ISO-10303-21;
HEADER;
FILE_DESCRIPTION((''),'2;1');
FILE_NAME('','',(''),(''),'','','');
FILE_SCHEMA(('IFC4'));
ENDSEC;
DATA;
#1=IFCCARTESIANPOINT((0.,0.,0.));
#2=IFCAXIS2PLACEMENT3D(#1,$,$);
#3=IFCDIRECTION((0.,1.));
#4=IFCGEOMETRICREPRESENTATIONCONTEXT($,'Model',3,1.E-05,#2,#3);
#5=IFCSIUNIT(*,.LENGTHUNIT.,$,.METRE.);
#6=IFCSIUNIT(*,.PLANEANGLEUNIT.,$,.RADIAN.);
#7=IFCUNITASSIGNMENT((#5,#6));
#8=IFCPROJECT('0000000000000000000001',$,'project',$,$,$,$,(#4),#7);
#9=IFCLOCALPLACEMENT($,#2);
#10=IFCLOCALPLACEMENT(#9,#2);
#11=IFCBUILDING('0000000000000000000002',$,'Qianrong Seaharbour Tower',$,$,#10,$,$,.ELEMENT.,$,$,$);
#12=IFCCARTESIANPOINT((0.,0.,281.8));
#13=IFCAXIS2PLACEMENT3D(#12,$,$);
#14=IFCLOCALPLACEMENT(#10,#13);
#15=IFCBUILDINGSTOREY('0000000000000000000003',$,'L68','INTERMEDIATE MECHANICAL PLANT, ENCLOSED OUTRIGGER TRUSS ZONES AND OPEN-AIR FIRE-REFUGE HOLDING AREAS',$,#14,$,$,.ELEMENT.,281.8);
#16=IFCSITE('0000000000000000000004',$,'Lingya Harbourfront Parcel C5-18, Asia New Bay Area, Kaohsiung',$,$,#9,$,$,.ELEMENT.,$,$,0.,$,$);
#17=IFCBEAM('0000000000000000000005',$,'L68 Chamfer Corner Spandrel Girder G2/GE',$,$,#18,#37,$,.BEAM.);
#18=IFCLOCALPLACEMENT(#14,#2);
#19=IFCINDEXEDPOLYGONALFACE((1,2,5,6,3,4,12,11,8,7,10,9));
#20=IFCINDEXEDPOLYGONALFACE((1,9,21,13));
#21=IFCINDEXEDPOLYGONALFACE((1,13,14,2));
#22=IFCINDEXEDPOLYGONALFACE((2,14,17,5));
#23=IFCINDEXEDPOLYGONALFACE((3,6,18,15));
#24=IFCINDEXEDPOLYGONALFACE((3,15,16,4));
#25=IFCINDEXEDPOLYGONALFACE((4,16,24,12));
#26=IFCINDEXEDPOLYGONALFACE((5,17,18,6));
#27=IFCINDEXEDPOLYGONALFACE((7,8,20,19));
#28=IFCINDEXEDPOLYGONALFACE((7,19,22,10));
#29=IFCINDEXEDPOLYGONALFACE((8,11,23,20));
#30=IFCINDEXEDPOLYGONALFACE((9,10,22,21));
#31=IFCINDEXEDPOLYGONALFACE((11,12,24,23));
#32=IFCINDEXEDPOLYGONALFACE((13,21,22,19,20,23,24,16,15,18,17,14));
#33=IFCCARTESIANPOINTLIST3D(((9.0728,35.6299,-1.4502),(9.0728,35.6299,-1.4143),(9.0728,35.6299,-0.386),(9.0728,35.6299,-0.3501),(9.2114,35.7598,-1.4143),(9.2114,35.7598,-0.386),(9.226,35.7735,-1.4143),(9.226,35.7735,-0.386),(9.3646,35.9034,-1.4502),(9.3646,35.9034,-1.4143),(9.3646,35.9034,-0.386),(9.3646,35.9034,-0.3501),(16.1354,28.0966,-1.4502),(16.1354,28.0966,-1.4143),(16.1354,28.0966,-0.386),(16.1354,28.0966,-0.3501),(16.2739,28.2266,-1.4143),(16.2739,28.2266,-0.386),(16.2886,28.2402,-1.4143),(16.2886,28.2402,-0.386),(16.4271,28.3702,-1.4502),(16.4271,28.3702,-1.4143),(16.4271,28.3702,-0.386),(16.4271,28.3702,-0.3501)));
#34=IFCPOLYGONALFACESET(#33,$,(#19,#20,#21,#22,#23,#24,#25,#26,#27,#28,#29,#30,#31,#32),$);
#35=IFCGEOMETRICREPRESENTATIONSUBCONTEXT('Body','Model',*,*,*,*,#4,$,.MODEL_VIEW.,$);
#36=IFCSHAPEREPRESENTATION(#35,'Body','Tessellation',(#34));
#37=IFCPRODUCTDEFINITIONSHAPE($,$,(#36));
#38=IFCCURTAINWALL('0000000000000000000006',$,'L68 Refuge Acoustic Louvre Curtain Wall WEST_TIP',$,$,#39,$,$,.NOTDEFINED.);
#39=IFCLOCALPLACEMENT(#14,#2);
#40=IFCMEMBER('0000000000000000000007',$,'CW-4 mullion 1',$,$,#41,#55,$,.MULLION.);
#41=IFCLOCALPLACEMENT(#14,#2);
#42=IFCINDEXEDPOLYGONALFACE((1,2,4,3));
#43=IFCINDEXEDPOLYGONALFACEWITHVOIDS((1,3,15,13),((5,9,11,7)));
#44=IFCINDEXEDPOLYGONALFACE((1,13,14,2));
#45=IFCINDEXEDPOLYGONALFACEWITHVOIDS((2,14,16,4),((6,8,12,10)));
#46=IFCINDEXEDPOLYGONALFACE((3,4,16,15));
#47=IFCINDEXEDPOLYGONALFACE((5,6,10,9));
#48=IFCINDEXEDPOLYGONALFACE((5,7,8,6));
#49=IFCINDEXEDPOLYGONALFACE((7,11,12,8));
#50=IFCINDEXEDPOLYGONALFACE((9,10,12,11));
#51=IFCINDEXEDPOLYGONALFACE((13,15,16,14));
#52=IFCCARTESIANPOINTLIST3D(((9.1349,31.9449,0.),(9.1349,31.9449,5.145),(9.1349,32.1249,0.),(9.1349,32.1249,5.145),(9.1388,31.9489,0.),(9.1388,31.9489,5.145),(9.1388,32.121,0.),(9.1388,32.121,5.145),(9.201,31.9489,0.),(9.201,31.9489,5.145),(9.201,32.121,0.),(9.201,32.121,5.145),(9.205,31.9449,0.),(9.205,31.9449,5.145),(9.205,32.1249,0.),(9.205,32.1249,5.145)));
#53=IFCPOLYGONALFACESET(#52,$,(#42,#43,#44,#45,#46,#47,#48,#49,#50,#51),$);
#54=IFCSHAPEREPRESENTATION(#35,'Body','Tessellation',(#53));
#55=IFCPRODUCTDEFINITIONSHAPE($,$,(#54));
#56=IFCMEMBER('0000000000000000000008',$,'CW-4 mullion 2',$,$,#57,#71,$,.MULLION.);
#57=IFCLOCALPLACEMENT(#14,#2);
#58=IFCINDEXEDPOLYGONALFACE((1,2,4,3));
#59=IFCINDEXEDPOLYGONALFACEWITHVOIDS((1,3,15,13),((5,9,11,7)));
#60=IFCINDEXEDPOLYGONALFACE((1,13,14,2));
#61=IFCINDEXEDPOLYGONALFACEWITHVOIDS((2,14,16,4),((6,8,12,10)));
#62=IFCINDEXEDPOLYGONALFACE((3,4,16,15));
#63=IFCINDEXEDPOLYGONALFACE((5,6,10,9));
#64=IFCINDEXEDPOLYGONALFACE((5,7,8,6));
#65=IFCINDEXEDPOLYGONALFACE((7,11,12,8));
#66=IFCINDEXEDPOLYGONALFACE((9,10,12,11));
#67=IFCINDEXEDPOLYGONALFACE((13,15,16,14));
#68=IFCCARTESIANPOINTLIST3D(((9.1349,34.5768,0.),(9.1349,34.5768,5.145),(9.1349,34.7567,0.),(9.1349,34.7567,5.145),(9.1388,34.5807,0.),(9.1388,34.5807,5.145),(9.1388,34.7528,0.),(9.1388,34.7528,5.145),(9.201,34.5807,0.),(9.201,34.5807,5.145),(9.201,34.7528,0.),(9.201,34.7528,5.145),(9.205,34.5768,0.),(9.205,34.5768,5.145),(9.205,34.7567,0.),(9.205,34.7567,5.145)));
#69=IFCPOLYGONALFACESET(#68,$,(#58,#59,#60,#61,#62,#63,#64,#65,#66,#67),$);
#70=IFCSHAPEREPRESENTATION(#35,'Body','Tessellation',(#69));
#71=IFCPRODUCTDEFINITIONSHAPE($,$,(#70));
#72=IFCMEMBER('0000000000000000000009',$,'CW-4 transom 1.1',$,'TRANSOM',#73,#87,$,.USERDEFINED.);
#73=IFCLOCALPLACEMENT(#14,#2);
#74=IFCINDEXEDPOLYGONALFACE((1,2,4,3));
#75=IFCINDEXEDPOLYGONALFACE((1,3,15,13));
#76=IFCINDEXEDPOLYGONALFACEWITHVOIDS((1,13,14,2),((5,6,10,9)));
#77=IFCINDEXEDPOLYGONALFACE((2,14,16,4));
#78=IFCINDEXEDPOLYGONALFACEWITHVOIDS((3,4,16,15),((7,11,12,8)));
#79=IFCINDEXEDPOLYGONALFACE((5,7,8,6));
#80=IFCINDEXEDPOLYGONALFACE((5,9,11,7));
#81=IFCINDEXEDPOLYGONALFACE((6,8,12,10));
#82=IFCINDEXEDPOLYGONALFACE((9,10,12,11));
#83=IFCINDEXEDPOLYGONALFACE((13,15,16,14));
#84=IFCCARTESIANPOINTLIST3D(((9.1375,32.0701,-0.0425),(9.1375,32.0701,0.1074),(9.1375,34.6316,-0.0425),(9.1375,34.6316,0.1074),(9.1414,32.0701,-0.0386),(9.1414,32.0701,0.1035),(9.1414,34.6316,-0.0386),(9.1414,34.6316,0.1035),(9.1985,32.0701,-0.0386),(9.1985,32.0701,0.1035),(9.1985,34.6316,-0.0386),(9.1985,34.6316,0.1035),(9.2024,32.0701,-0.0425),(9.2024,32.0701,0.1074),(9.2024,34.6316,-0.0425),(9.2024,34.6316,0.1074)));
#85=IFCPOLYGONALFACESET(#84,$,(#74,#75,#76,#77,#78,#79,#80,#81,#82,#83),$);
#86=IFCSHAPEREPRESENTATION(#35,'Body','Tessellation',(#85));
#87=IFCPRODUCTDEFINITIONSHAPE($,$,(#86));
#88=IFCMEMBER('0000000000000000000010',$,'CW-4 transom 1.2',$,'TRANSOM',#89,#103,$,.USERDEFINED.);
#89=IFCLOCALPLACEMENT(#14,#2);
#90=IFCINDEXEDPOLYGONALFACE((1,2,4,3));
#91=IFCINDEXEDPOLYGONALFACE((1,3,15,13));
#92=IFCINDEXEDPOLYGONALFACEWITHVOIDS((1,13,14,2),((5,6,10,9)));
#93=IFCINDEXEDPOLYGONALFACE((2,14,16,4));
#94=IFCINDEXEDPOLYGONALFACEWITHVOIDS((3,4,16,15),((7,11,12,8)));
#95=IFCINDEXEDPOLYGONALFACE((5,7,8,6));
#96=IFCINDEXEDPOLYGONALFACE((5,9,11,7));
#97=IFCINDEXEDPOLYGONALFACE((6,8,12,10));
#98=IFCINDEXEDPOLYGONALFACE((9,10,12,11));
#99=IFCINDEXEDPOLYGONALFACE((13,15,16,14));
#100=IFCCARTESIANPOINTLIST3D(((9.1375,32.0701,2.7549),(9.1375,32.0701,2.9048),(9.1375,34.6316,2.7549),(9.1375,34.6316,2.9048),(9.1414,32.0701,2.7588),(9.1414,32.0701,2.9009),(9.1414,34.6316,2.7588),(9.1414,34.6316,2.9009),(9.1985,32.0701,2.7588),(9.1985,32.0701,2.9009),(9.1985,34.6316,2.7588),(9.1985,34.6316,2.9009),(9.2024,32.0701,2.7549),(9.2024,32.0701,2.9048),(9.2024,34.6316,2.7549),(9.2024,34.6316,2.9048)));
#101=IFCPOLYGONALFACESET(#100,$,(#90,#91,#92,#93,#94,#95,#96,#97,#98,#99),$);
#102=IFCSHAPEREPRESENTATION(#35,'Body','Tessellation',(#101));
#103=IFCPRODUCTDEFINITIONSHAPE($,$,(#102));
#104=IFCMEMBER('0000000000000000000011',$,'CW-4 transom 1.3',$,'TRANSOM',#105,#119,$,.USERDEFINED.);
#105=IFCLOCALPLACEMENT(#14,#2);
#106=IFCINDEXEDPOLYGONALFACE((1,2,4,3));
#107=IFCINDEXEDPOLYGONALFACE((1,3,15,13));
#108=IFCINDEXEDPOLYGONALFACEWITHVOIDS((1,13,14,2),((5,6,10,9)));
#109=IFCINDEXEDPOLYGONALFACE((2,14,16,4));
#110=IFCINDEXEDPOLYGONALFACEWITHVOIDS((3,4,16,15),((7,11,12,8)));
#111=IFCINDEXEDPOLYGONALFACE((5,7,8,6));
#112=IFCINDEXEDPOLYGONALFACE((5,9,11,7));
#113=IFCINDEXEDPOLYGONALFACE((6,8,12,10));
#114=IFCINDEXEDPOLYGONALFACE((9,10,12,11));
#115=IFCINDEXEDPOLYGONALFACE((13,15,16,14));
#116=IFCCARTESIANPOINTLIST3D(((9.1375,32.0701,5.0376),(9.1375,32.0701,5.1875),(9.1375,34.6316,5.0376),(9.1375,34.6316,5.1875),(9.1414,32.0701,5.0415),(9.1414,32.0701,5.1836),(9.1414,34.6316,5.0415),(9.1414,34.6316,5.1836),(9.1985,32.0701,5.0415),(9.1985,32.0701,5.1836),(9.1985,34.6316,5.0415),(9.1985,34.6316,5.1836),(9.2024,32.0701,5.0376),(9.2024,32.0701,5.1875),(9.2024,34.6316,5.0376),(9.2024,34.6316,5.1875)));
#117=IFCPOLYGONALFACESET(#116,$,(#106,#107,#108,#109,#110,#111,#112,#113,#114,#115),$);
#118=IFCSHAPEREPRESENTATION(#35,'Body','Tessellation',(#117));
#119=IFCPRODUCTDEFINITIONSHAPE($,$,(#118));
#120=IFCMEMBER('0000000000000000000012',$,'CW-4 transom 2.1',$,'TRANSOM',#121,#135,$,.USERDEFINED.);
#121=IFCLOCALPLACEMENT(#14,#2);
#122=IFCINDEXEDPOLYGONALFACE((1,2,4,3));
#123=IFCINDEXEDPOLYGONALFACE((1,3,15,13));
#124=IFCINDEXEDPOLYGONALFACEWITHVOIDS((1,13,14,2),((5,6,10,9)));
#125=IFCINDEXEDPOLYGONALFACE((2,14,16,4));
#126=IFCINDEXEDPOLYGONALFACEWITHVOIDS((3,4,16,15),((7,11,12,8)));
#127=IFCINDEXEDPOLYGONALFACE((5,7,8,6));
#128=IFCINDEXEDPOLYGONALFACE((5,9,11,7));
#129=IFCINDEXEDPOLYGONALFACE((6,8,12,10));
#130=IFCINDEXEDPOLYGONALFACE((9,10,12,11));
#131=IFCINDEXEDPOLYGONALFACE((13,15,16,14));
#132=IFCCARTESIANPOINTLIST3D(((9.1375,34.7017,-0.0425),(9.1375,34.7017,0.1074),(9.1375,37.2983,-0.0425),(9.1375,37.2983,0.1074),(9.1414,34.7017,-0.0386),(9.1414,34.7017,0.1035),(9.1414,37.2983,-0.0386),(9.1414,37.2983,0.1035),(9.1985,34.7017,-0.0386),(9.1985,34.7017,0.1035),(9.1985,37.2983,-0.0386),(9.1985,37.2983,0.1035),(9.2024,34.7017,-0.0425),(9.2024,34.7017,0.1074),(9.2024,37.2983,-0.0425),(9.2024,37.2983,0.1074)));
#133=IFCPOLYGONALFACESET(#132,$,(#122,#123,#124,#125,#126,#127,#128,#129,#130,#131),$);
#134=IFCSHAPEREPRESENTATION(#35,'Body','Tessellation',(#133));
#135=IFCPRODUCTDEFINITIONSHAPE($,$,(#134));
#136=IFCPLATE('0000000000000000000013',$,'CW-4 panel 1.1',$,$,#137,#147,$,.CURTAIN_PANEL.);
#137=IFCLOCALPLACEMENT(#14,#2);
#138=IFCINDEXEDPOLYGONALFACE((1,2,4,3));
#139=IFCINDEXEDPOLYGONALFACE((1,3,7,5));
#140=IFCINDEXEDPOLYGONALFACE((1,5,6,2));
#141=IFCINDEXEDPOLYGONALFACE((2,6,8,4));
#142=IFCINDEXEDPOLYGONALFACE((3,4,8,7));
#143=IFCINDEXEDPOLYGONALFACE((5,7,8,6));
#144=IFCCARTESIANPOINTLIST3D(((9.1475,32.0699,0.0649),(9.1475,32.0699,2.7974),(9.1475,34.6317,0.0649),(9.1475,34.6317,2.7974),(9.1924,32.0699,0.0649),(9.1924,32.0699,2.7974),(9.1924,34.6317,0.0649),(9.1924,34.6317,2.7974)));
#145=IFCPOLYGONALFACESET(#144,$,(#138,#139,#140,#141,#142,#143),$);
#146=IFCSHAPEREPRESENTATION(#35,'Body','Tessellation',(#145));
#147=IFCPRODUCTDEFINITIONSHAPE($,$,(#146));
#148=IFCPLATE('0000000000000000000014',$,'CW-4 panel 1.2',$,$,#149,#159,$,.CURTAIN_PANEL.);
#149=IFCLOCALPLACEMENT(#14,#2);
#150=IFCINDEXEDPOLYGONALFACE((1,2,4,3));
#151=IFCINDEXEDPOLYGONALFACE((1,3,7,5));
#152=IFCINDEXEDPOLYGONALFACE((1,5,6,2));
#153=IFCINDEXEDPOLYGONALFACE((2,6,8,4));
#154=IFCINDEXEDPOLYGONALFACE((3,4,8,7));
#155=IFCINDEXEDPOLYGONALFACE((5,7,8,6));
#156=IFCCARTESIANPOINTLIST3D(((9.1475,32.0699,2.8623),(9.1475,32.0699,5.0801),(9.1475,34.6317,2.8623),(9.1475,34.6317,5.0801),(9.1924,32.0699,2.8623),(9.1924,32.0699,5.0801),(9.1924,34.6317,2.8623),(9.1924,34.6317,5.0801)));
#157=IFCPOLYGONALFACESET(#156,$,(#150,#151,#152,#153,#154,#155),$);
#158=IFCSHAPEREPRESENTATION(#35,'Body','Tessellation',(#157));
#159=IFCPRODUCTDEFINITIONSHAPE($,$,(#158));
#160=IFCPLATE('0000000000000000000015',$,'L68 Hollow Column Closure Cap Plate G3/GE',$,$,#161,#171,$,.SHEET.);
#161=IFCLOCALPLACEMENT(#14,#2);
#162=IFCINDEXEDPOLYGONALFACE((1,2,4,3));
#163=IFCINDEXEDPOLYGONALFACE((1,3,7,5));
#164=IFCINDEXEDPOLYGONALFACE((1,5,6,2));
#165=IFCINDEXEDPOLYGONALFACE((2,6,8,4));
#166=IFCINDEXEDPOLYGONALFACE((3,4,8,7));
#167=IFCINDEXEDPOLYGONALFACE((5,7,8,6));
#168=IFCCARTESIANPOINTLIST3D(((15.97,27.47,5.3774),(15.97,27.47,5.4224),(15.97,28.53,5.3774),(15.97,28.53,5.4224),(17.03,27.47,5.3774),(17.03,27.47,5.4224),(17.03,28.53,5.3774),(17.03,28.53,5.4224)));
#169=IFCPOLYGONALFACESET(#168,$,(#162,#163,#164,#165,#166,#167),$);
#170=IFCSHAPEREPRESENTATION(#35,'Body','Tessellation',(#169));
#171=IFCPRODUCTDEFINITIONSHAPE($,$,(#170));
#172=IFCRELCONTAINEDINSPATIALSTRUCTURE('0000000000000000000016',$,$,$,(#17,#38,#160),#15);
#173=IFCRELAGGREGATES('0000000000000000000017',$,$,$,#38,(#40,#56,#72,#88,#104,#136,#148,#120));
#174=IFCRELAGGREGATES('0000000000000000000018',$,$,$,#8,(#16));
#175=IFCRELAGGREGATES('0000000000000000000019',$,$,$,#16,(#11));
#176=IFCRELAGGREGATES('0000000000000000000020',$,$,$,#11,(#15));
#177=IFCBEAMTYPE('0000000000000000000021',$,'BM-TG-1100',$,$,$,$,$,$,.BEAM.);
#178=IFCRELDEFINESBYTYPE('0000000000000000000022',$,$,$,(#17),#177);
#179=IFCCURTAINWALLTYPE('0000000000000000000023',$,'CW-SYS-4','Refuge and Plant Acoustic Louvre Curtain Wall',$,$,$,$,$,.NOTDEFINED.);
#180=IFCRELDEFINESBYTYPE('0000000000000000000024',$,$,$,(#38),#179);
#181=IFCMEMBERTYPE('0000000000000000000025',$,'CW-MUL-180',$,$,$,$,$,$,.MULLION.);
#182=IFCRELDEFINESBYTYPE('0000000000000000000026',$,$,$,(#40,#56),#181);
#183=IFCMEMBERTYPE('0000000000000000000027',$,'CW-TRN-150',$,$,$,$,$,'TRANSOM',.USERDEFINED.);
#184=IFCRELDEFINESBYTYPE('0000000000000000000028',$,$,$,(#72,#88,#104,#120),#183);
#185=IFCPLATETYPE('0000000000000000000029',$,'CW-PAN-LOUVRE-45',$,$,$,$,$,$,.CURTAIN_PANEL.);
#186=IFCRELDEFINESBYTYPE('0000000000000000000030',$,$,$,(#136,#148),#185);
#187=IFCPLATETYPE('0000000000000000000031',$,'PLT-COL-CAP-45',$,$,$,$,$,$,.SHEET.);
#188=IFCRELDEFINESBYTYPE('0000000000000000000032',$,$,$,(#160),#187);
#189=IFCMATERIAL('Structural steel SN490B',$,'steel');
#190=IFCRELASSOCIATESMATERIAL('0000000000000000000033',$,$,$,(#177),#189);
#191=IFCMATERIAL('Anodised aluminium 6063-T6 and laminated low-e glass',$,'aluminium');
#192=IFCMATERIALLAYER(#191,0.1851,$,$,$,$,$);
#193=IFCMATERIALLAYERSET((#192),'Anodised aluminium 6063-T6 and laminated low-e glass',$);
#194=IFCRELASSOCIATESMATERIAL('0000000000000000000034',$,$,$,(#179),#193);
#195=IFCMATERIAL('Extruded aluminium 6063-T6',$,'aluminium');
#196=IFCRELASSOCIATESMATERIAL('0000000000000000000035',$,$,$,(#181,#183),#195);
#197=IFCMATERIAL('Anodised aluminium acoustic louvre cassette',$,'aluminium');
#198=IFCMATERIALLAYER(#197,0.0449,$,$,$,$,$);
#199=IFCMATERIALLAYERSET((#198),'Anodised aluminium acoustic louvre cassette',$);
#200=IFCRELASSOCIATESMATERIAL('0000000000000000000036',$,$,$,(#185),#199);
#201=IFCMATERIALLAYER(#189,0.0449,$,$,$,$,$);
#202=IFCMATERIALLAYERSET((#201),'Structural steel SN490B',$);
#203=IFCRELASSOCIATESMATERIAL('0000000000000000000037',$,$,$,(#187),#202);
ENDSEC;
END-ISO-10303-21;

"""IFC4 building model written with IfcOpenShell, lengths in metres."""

from ifc_helpers import new_model, si_unit, direction, frame, origin, origin_2d, place, context, subcontext, project, spatial, rectangle, hollow_rectangle, i_section, extrude, material, layer, layer_set, material_profile, profile_set, type_object, element, aggregate, save


model = new_model("IFC4")

# Units and contexts
model_context = context("Model", 3, precision=1e-05, world=origin(), true_north=direction((0.0, 1.0)))
body_context = subcontext(model_context, "Body", "Model", "MODEL_VIEW")
ifc_project = project(units=[si_unit("LENGTHUNIT", "METRE"), si_unit("PLANEANGLEUNIT", "RADIAN")], contexts=[model_context])

# Site, building, storey
site_placement = place(None, origin())
site = spatial("IfcSite", under=ifc_project, at=site_placement, Name="Lingya Harbourfront Parcel C5-18, Asia New Bay Area, Kaohsiung", CompositionType="ELEMENT", RefElevation=0.0)
building_placement = place(site_placement, origin())
building = spatial("IfcBuilding", under=site, at=building_placement, Name="Qianrong Seaharbour Tower", CompositionType="ELEMENT")
storey_placement = place(building_placement, frame((0.0, 0.0, 281.8)))
storey = spatial("IfcBuildingStorey", under=building, at=storey_placement, Name="L68", Description="INTERMEDIATE MECHANICAL PLANT, ENCLOSED OUTRIGGER TRUSS ZONES AND OPEN-AIR FIRE-REFUGE HOLDING AREAS", CompositionType="ELEMENT", Elevation=281.8)

# Shared definitions
ifc_material_1 = material(Name="Structural steel SN490B", Category="steel")

# Beam
ifc_material_profile_1 = material_profile(ifc_material_1, i_section(OverallWidth=0.3999, OverallDepth=1.1001, WebThickness=0.02, FlangeThickness=0.0359, at=origin_2d()), Name="BH1100x400x20x36")
ifc_profile_set_1 = profile_set([ifc_material_profile_1], Name="Structural steel SN490B")
beam_type_1 = type_object("IfcBeamType", Name="BM-TG-1100", PredefinedType="BEAM", material=ifc_profile_set_1)
beam_placement = place(storey_placement, frame((16.2812, 28.2334, -0.9001), z_axis=(-0.683947, 0.729531, 0.0), x_axis=(-0.729531, -0.683947, 0.0)))
element("IfcBeam", 1, at=beam_placement, inside=storey, type_object=beam_type_1, Name="L68 Chamfer Corner Spandrel Girder G2/GE", PredefinedType="BEAM", context=body_context, shape_type="SweptSolid", body=[
    extrude(i_section(OverallWidth=0.3999, OverallDepth=1.1001, WebThickness=0.02, FlangeThickness=0.0359, at=origin_2d()), origin(), (0.0, 0.0, 1.0), 10.3262),
])

# Curtain wall, members, plates
ifc_material_2 = material(Name="Anodised aluminium 6063-T6 and laminated low-e glass", Category="aluminium")
ifc_layer_1 = layer(ifc_material_2, 0.1851)
ifc_layer_set_1 = layer_set([ifc_layer_1], Name="Anodised aluminium 6063-T6 and laminated low-e glass")
curtain_wall_type = type_object("IfcCurtainWallType", Name="CW-SYS-4", Description="Refuge and Plant Acoustic Louvre Curtain Wall", PredefinedType="NOTDEFINED", material=ifc_layer_set_1)
curtain_wall_placement = place(storey_placement, origin())
curtain_wall = element("IfcCurtainWall", 2, at=curtain_wall_placement, inside=storey, type_object=curtain_wall_type, Name="L68 Refuge Acoustic Louvre Curtain Wall WEST_TIP", PredefinedType="NOTDEFINED")
ifc_material_3 = material(Name="Extruded aluminium 6063-T6", Category="aluminium")
ifc_material_profile_2 = material_profile(ifc_material_3, hollow_rectangle(XDim=0.0701, YDim=0.1799, WallThickness=0.0039, at=origin_2d()), Name="ALU-MUL-180x70x4")
ifc_profile_set_2 = profile_set([ifc_material_profile_2], Name="Extruded aluminium 6063-T6")
member_type_1 = type_object("IfcMemberType", Name="CW-MUL-180", PredefinedType="MULLION", material=ifc_profile_set_2)
member_1_placement = place(storey_placement, frame((9.1699, 32.0349, 0.0), z_axis=(0.0, 0.0, 1.0), x_axis=(-1.0, 0.0, 0.0)))
member_1 = element("IfcMember", 3, at=member_1_placement, type_object=member_type_1, Name="CW-4 mullion 1", PredefinedType="MULLION", context=body_context, shape_type="SweptSolid", body=[
    extrude(hollow_rectangle(XDim=0.0701, YDim=0.1799, WallThickness=0.0039, at=origin_2d()), origin(), (0.0, 0.0, 1.0), 5.145),
])
member_2_placement = place(storey_placement, frame((9.1699, 34.6667, 0.0), z_axis=(0.0, 0.0, 1.0), x_axis=(-1.0, 0.0, 0.0)))
member_2 = element("IfcMember", 4, at=member_2_placement, type_object=member_type_1, Name="CW-4 mullion 2", PredefinedType="MULLION", context=body_context, shape_type="SweptSolid", body=[
    extrude(hollow_rectangle(XDim=0.0701, YDim=0.1799, WallThickness=0.0039, at=origin_2d()), origin(), (0.0, 0.0, 1.0), 5.145),
])
ifc_material_profile_3 = material_profile(ifc_material_3, hollow_rectangle(XDim=0.0649, YDim=0.1499, WallThickness=0.0039, at=origin_2d()), Name="ALU-TRN-150x65x4")
ifc_profile_set_3 = profile_set([ifc_material_profile_3], Name="Extruded aluminium 6063-T6")
member_type_2 = type_object("IfcMemberType", Name="CW-TRN-150", ElementType="TRANSOM", PredefinedType="USERDEFINED", material=ifc_profile_set_3)
member_3_placement = place(storey_placement, frame((9.1699, 32.0701, 0.0325), z_axis=(0.0, 1.0, 0.0), x_axis=(-1.0, 0.0, 0.0)))
member_3 = element("IfcMember", 5, at=member_3_placement, type_object=member_type_2, Name="CW-4 transom 1.1", ObjectType="TRANSOM", PredefinedType="USERDEFINED", context=body_context, shape_type="SweptSolid", body=[
    extrude(hollow_rectangle(XDim=0.0649, YDim=0.1499, WallThickness=0.0039, at=origin_2d()), origin(), (0.0, 0.0, 1.0), 2.5615),
])
member_4_placement = place(storey_placement, frame((9.1699, 32.0701, 2.8298), z_axis=(0.0, 1.0, 0.0), x_axis=(-1.0, 0.0, 0.0)))
member_4 = element("IfcMember", 6, at=member_4_placement, type_object=member_type_2, Name="CW-4 transom 1.2", ObjectType="TRANSOM", PredefinedType="USERDEFINED", context=body_context, shape_type="SweptSolid", body=[
    extrude(hollow_rectangle(XDim=0.0649, YDim=0.1499, WallThickness=0.0039, at=origin_2d()), origin(), (0.0, 0.0, 1.0), 2.5615),
])
member_5_placement = place(storey_placement, frame((9.1699, 32.0701, 5.1125), z_axis=(0.0, 1.0, 0.0), x_axis=(-1.0, 0.0, 0.0)))
member_5 = element("IfcMember", 7, at=member_5_placement, type_object=member_type_2, Name="CW-4 transom 1.3", ObjectType="TRANSOM", PredefinedType="USERDEFINED", context=body_context, shape_type="SweptSolid", body=[
    extrude(hollow_rectangle(XDim=0.0649, YDim=0.1499, WallThickness=0.0039, at=origin_2d()), origin(), (0.0, 0.0, 1.0), 2.5615),
])
member_6_placement = place(storey_placement, frame((9.1699, 34.7017, 0.0325), z_axis=(0.0, 1.0, 0.0), x_axis=(-1.0, 0.0, 0.0)))
member_6 = element("IfcMember", 8, at=member_6_placement, type_object=member_type_2, Name="CW-4 transom 2.1", ObjectType="TRANSOM", PredefinedType="USERDEFINED", context=body_context, shape_type="SweptSolid", body=[
    extrude(hollow_rectangle(XDim=0.0649, YDim=0.1499, WallThickness=0.0039, at=origin_2d()), origin(), (0.0, 0.0, 1.0), 2.5967),
])
ifc_material_4 = material(Name="Anodised aluminium acoustic louvre cassette", Category="aluminium")
ifc_layer_2 = layer(ifc_material_4, 0.0449)
ifc_layer_set_2 = layer_set([ifc_layer_2], Name="Anodised aluminium acoustic louvre cassette")
plate_type_1 = type_object("IfcPlateType", Name="CW-PAN-LOUVRE-45", PredefinedType="CURTAIN_PANEL", material=ifc_layer_set_2)
plate_1_placement = place(storey_placement, frame((9.1699, 33.3508, 0.0649), z_axis=(0.0, 0.0, 1.0), x_axis=(0.0, 1.0, 0.0)))
plate_1 = element("IfcPlate", 9, at=plate_1_placement, type_object=plate_type_1, Name="CW-4 panel 1.1", PredefinedType="CURTAIN_PANEL", context=body_context, shape_type="SweptSolid", body=[
    extrude(rectangle(XDim=2.5618, YDim=0.0449, at=origin_2d()), origin(), (0.0, 0.0, 1.0), 2.7324),
])
plate_2_placement = place(storey_placement, frame((9.1699, 33.3508, 2.8623), z_axis=(0.0, 0.0, 1.0), x_axis=(0.0, 1.0, 0.0)))
plate_2 = element("IfcPlate", 10, at=plate_2_placement, type_object=plate_type_1, Name="CW-4 panel 1.2", PredefinedType="CURTAIN_PANEL", context=body_context, shape_type="SweptSolid", body=[
    extrude(rectangle(XDim=2.5618, YDim=0.0449, at=origin_2d()), origin(), (0.0, 0.0, 1.0), 2.2178),
])
aggregate(curtain_wall, [member_1, member_2, member_3, member_4, member_5, plate_1, plate_2, member_6])

# Plate
ifc_layer_3 = layer(ifc_material_1, 0.0449)
ifc_layer_set_3 = layer_set([ifc_layer_3], Name="Structural steel SN490B")
plate_type_2 = type_object("IfcPlateType", Name="PLT-COL-CAP-45", PredefinedType="SHEET", material=ifc_layer_set_3)
plate_3_placement = place(storey_placement, frame((16.5, 28.0, 5.3774), z_axis=(0.0, 0.0, 1.0), x_axis=(1.0, 0.0, 0.0)))
element("IfcPlate", 11, at=plate_3_placement, inside=storey, type_object=plate_type_2, Name="L68 Hollow Column Closure Cap Plate G3/GE", PredefinedType="SHEET", context=body_context, shape_type="SweptSolid", body=[
    extrude(rectangle(XDim=1.0601, YDim=1.0601, at=origin_2d()), origin(), (0.0, 0.0, 1.0), 0.0449),
])

save(model, "model.ifc")
